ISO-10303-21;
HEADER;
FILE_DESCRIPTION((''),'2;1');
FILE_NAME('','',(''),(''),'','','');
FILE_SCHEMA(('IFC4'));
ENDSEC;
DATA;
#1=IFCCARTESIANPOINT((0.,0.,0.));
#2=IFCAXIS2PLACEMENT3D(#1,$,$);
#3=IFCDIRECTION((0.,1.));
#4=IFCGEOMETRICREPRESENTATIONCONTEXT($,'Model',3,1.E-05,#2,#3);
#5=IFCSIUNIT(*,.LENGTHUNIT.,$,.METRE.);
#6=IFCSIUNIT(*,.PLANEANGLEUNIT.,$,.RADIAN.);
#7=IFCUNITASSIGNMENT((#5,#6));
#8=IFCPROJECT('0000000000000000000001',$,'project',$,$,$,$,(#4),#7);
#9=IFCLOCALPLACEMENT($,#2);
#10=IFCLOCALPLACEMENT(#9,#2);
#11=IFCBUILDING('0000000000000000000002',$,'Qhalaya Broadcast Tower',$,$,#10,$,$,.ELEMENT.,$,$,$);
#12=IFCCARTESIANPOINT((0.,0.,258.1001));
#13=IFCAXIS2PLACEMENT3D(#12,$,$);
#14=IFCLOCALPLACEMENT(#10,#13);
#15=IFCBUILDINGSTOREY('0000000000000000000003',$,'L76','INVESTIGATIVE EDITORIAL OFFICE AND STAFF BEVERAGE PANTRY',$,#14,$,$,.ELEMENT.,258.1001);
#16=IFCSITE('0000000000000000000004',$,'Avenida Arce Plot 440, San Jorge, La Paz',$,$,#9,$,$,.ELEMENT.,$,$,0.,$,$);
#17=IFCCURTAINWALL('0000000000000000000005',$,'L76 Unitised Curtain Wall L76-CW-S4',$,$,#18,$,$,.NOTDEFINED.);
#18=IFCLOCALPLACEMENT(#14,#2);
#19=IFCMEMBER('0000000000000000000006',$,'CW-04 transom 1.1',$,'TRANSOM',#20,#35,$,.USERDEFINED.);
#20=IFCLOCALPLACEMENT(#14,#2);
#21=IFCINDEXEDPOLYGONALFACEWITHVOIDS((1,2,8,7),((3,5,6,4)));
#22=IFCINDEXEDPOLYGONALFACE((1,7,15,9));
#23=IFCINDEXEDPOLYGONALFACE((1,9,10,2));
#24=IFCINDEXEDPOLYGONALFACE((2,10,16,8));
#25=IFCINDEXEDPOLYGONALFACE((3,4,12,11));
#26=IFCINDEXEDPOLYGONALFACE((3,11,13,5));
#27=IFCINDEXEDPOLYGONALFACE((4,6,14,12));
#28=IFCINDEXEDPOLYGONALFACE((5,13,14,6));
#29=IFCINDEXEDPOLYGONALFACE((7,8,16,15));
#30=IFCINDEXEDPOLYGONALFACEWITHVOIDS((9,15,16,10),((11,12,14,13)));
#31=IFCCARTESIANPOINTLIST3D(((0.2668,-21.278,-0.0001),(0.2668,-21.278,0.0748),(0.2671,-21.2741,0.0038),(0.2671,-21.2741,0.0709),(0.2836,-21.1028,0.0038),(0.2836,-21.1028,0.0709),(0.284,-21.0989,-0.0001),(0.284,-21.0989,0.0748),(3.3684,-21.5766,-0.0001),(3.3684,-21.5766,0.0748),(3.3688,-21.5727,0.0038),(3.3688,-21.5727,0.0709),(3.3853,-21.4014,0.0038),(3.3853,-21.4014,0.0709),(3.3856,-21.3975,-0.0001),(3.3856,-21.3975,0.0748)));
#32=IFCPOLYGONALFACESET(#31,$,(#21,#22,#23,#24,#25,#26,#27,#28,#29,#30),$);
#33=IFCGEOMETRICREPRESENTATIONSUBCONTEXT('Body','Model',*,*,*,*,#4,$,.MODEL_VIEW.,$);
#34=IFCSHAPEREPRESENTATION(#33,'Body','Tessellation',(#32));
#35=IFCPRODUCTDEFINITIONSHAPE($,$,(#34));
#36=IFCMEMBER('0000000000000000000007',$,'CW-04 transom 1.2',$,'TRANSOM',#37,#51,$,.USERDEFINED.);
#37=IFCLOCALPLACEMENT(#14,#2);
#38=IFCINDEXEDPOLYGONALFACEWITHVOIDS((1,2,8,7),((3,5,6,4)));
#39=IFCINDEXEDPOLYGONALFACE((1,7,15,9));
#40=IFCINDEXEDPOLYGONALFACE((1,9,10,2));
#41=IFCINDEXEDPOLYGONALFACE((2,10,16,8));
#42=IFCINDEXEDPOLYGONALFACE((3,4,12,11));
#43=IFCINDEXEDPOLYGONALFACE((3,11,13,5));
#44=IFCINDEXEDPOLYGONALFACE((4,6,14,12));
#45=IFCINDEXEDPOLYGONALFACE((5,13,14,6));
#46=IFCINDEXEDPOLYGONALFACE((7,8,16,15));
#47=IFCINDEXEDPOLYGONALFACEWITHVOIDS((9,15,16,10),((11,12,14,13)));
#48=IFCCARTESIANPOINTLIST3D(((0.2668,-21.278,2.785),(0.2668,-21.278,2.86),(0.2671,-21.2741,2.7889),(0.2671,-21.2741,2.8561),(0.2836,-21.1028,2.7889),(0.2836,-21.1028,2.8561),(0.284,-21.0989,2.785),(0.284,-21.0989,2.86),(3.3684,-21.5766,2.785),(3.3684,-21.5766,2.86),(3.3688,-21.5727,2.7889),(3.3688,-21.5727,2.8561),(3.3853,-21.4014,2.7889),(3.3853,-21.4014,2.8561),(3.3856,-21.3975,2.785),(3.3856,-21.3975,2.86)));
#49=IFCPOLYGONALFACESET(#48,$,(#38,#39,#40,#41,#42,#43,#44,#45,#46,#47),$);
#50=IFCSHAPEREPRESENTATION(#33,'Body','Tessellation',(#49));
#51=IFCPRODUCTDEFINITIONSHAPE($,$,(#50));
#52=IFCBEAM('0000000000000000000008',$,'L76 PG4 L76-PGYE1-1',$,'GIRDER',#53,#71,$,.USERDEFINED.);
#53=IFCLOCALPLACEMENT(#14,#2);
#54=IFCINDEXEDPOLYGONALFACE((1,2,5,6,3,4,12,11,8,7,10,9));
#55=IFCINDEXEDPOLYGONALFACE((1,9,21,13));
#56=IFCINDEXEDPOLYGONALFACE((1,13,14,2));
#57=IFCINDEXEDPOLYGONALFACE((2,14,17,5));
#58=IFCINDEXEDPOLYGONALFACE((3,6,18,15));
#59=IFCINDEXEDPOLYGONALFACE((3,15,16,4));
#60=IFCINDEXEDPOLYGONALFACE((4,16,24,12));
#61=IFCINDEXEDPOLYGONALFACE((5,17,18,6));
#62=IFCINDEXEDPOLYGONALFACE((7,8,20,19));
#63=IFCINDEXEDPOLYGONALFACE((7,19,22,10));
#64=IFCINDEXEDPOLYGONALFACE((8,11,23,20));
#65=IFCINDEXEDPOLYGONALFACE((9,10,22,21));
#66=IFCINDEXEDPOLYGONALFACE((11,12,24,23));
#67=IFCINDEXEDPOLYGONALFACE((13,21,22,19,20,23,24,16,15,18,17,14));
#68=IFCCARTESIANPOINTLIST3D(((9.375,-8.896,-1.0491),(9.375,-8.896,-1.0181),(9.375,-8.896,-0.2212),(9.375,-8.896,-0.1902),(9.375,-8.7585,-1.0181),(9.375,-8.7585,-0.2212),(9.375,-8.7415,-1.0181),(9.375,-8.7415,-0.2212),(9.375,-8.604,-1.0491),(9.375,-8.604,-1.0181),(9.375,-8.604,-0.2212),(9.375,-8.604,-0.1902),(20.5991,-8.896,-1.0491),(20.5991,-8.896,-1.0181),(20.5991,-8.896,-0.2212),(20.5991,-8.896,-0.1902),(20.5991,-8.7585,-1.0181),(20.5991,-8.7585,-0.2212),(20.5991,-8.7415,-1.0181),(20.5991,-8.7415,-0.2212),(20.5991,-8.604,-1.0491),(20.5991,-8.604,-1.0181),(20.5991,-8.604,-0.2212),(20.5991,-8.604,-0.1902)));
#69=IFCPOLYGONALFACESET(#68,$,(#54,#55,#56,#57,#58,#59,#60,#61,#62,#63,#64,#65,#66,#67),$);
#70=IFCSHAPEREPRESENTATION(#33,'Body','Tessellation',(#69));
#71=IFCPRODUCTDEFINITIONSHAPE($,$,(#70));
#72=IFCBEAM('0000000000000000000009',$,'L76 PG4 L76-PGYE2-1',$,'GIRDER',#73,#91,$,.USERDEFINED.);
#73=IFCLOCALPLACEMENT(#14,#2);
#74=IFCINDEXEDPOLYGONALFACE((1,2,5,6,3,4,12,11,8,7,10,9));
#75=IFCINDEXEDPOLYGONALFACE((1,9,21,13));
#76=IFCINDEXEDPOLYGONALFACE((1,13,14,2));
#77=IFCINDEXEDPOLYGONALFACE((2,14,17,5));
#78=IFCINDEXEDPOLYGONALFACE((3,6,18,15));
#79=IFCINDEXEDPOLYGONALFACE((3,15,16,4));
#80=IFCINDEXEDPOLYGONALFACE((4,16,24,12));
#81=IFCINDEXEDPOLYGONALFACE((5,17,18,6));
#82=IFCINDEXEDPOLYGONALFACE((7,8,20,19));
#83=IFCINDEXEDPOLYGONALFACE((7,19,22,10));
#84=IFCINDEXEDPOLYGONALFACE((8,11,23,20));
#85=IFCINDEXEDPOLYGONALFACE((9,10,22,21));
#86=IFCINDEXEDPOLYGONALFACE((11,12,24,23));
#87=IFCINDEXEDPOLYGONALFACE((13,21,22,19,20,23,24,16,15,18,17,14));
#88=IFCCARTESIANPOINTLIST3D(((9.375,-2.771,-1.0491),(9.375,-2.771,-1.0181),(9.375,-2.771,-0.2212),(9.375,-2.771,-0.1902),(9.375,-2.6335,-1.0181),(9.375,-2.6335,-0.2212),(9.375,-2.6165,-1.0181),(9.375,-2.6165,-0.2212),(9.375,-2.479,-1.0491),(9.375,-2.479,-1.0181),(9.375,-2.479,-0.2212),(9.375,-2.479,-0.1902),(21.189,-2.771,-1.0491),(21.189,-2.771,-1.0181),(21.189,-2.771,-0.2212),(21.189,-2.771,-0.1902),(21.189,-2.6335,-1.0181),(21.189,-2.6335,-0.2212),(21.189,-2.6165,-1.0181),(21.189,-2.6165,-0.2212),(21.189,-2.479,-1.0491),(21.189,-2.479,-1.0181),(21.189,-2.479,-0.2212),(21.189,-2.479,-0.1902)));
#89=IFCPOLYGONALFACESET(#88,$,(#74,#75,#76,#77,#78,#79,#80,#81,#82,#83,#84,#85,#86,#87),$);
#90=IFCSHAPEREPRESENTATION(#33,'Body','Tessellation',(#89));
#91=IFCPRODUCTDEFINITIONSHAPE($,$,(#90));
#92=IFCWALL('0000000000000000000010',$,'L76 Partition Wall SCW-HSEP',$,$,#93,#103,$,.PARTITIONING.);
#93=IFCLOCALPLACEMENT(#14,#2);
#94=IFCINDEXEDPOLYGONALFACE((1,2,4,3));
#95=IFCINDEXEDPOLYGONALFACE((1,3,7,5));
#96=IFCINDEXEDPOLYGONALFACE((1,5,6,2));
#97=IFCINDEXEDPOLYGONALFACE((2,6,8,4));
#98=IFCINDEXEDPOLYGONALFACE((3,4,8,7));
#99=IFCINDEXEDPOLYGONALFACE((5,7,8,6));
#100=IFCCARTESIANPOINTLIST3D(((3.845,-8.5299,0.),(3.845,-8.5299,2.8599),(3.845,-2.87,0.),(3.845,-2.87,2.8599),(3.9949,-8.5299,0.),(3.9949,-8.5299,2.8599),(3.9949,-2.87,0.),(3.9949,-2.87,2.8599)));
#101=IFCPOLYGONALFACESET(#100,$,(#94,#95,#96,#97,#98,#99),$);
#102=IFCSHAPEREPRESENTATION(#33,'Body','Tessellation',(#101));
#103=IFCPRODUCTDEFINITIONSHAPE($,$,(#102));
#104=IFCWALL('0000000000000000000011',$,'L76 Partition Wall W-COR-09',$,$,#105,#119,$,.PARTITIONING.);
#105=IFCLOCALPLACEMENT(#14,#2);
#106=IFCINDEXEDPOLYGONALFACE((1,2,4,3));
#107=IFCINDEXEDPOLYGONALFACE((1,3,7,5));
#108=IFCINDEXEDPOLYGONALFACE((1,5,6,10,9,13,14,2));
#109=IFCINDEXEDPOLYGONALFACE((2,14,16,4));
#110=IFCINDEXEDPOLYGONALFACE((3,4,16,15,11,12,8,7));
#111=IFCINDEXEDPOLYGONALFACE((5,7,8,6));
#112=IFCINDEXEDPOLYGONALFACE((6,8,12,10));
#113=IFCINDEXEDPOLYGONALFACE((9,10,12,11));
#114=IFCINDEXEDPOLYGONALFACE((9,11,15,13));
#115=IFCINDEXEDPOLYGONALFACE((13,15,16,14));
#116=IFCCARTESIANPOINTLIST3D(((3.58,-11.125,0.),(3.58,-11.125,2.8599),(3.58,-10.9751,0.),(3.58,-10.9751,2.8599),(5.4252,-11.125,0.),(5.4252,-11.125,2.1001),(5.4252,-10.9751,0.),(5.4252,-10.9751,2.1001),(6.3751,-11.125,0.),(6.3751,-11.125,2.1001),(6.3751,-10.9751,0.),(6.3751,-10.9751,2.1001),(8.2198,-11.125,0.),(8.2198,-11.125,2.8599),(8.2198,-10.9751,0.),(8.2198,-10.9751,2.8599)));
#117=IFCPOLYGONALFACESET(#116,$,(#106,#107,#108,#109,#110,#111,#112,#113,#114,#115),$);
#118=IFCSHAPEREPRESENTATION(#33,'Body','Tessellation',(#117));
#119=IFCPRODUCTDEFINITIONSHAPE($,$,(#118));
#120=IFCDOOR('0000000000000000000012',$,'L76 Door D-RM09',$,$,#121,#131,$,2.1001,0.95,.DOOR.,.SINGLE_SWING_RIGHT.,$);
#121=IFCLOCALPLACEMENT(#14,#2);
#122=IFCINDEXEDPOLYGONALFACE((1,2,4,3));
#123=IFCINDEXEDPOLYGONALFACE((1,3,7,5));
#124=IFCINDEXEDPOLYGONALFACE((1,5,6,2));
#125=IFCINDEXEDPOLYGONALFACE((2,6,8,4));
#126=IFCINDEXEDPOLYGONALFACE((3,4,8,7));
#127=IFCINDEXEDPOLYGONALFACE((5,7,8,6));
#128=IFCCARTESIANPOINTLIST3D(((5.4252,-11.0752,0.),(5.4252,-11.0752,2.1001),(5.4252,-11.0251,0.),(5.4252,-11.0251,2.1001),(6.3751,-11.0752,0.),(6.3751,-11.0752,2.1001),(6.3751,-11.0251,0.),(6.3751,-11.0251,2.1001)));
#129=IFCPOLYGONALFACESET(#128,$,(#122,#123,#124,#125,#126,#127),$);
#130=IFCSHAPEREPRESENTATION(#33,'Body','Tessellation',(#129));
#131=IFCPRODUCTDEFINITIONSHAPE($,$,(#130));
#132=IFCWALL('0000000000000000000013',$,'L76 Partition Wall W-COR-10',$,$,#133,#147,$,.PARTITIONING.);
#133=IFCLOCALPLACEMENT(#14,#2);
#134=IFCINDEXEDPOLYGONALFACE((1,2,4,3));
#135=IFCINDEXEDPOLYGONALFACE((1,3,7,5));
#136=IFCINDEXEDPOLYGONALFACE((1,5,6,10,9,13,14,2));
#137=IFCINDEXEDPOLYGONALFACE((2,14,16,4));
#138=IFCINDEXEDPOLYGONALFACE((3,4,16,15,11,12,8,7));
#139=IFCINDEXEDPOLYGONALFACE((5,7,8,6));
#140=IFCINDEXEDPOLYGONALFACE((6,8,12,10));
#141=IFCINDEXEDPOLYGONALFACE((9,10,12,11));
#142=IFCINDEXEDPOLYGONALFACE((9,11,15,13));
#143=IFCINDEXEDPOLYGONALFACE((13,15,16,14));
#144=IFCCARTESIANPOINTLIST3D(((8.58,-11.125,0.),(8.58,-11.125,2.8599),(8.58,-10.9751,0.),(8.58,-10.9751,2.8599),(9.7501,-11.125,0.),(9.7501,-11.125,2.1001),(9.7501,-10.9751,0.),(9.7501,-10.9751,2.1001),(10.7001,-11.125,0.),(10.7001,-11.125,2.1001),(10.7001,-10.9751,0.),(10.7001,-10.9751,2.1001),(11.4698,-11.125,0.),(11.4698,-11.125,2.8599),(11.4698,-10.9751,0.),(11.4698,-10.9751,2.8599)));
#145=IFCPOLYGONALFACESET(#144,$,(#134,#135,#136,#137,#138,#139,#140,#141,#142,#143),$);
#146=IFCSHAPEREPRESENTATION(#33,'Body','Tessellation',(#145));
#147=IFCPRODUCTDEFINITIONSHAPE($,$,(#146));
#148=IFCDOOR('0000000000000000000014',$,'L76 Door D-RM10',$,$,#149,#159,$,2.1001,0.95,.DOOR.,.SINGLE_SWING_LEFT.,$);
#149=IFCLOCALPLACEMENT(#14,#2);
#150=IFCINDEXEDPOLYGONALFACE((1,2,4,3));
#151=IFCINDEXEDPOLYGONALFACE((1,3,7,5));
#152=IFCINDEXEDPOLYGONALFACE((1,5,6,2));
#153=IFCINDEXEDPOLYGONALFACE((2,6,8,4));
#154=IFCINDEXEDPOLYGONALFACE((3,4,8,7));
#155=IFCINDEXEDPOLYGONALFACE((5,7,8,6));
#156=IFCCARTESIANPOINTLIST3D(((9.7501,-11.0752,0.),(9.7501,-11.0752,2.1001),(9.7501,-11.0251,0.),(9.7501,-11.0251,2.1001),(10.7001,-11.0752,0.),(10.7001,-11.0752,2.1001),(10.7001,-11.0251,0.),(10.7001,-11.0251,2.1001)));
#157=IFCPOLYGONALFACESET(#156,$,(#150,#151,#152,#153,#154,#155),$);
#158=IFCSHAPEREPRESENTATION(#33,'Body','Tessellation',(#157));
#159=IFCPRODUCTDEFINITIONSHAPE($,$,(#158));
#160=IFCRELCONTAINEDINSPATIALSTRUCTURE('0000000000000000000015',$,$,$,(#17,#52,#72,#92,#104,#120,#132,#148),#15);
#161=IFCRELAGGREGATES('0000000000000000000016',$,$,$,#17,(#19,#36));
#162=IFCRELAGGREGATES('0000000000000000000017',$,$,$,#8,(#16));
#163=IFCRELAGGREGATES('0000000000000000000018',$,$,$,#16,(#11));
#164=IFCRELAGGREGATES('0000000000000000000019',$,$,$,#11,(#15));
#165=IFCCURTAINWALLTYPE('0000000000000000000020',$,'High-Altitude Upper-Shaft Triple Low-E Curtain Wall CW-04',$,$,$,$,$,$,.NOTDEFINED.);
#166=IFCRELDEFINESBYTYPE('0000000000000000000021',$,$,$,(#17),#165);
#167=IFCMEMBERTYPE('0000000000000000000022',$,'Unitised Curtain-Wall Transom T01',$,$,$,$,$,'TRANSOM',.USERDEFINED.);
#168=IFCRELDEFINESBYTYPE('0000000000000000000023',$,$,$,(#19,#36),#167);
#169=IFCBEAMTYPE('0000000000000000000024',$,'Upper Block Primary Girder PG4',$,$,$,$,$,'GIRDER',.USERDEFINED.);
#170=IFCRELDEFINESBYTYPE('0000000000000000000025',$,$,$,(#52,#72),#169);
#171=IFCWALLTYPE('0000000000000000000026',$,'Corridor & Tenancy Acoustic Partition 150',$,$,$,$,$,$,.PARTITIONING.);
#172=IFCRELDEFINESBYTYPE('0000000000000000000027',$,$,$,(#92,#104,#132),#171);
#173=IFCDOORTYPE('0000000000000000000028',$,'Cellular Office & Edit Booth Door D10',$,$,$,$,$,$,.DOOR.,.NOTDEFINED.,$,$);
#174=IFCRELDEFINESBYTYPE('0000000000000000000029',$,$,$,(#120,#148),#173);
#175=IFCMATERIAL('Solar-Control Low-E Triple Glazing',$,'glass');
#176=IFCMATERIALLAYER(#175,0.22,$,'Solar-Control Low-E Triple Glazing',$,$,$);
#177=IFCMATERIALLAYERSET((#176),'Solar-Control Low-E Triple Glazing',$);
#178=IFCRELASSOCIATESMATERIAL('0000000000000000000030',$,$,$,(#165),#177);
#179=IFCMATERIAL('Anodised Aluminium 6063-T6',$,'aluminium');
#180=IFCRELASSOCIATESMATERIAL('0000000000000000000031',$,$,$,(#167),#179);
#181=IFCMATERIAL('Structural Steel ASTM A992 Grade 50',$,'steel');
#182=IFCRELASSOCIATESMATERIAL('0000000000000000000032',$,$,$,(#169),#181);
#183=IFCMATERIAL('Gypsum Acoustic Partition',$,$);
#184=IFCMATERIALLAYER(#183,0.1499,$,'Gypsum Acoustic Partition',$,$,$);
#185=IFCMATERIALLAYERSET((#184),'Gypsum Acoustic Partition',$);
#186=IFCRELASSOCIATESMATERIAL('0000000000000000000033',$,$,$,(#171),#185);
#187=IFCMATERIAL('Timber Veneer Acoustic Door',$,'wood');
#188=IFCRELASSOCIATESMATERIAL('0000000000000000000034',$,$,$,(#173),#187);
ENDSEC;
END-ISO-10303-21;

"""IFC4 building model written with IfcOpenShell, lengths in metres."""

from ifc_helpers import new_model, si_unit, direction, frame, frame_2d, origin, origin_2d, place, context, subcontext, project, spatial, rectangle, hollow_rectangle, i_section, extrude, material, layer, layer_set, material_profile, profile_set, type_object, element, fill, aggregate, save


model = new_model("IFC4")

# Units and contexts
model_context = context("Model", 3, precision=1e-05, world=origin(), true_north=direction((0.0, 1.0)))
body_context = subcontext(model_context, "Body", "Model", "MODEL_VIEW")
ifc_project = project(units=[si_unit("LENGTHUNIT", "METRE"), si_unit("PLANEANGLEUNIT", "RADIAN")], contexts=[model_context])

# Site, building, storey
site_placement = place(None, origin())
site = spatial("IfcSite", under=ifc_project, at=site_placement, Name="Avenida Arce Plot 440, San Jorge, La Paz", CompositionType="ELEMENT", RefElevation=0.0)
building_placement = place(site_placement, origin())
building = spatial("IfcBuilding", under=site, at=building_placement, Name="Qhalaya Broadcast Tower", CompositionType="ELEMENT")
storey_placement = place(building_placement, frame((0.0, 0.0, 258.1001)))
storey = spatial("IfcBuildingStorey", under=building, at=storey_placement, Name="L76", Description="INVESTIGATIVE EDITORIAL OFFICE AND STAFF BEVERAGE PANTRY", CompositionType="ELEMENT", Elevation=258.1001)

# Shared definitions
ifc_material_1 = material(Name="Structural Steel ASTM A992 Grade 50", Category="steel")

# Curtain wall, members
ifc_material_2 = material(Name="Solar-Control Low-E Triple Glazing", Category="glass")
ifc_layer_1 = layer(ifc_material_2, 0.22, Name="Solar-Control Low-E Triple Glazing")
ifc_layer_set_1 = layer_set([ifc_layer_1], Name="Solar-Control Low-E Triple Glazing")
curtain_wall_type = type_object("IfcCurtainWallType", Name="High-Altitude Upper-Shaft Triple Low-E Curtain Wall CW-04", PredefinedType="NOTDEFINED", material=ifc_layer_set_1)
curtain_wall_placement = place(storey_placement, origin())
curtain_wall = element("IfcCurtainWall", 1, at=curtain_wall_placement, inside=storey, type_object=curtain_wall_type, Name="L76 Unitised Curtain Wall L76-CW-S4", PredefinedType="NOTDEFINED")
ifc_material_3 = material(Name="Anodised Aluminium 6063-T6", Category="aluminium")
ifc_material_profile_1 = material_profile(ifc_material_3, hollow_rectangle(XDim=0.075, YDim=0.1799, WallThickness=0.0039, at=origin_2d()), Name="ALU-TRN 75x180x4")
ifc_profile_set_1 = profile_set([ifc_material_profile_1], Name="Anodised Aluminium 6063-T6")
member_type_1 = type_object("IfcMemberType", Name="Unitised Curtain-Wall Transom T01", ElementType="TRANSOM", PredefinedType="USERDEFINED", material=ifc_profile_set_1)
member_1_placement = place(storey_placement, frame((0.2754, -21.1885, 0.0374), z_axis=(0.995398, -0.095826, 0.0), x_axis=(0.0, 0.0, 1.0)))
member_1 = element("IfcMember", 2, at=member_1_placement, type_object=member_type_1, Name="CW-04 transom 1.1", ObjectType="TRANSOM", PredefinedType="USERDEFINED", context=body_context, shape_type="SweptSolid", body=[
    extrude(hollow_rectangle(XDim=0.075, YDim=0.1799, WallThickness=0.0039, at=origin_2d()), origin(), (0.0, 0.0, 1.0), 3.116),
])
member_2_placement = place(storey_placement, frame((0.2754, -21.1885, 2.8225), z_axis=(0.995398, -0.095826, 0.0), x_axis=(0.0, 0.0, 1.0)))
member_2 = element("IfcMember", 3, at=member_2_placement, type_object=member_type_1, Name="CW-04 transom 1.2", ObjectType="TRANSOM", PredefinedType="USERDEFINED", context=body_context, shape_type="SweptSolid", body=[
    extrude(hollow_rectangle(XDim=0.075, YDim=0.1799, WallThickness=0.0039, at=origin_2d()), origin(), (0.0, 0.0, 1.0), 3.116),
])
aggregate(curtain_wall, [member_1, member_2])

# Beams
ifc_material_profile_2 = material_profile(ifc_material_1, i_section(OverallWidth=0.292, OverallDepth=0.8589, WebThickness=0.0171, FlangeThickness=0.031, at=origin_2d()), Name="W33X169")
ifc_profile_set_2 = profile_set([ifc_material_profile_2], Name="Structural Steel ASTM A992 Grade 50")
beam_type_1 = type_object("IfcBeamType", Name="Upper Block Primary Girder PG4", ElementType="GIRDER", PredefinedType="USERDEFINED", material=ifc_profile_set_2)
beam_1_placement = place(storey_placement, frame((9.375, -8.75, -0.6196), z_axis=(1.0, 0.0, 0.0), x_axis=(0.0, 1.0, 0.0)))
element("IfcBeam", 4, at=beam_1_placement, inside=storey, type_object=beam_type_1, Name="L76 PG4 L76-PGYE1-1", ObjectType="GIRDER", PredefinedType="USERDEFINED", context=body_context, shape_type="SweptSolid", body=[
    extrude(i_section(OverallWidth=0.292, OverallDepth=0.8589, WebThickness=0.0171, FlangeThickness=0.031, at=origin_2d()), origin(), (0.0, 0.0, 1.0), 11.2241),
])
beam_2_placement = place(storey_placement, frame((9.375, -2.625, -0.6196), z_axis=(1.0, 0.0, 0.0), x_axis=(0.0, 1.0, 0.0)))
element("IfcBeam", 5, at=beam_2_placement, inside=storey, type_object=beam_type_1, Name="L76 PG4 L76-PGYE2-1", ObjectType="GIRDER", PredefinedType="USERDEFINED", context=body_context, shape_type="SweptSolid", body=[
    extrude(i_section(OverallWidth=0.292, OverallDepth=0.8589, WebThickness=0.0171, FlangeThickness=0.031, at=origin_2d()), origin(), (0.0, 0.0, 1.0), 11.814),
])

# Wall
ifc_material_4 = material(Name="Gypsum Acoustic Partition")
ifc_layer_2 = layer(ifc_material_4, 0.1499, Name="Gypsum Acoustic Partition")
ifc_layer_set_2 = layer_set([ifc_layer_2], Name="Gypsum Acoustic Partition")
wall_type_1 = type_object("IfcWallType", Name="Corridor & Tenancy Acoustic Partition 150", PredefinedType="PARTITIONING", material=ifc_layer_set_2)
wall_1_placement = place(storey_placement, frame((3.9199, -8.53, 0.0), z_axis=(0.0, 0.0, 1.0), x_axis=(0.0, 1.0, 0.0)))
element("IfcWall", 6, at=wall_1_placement, inside=storey, type_object=wall_type_1, Name="L76 Partition Wall SCW-HSEP", PredefinedType="PARTITIONING", context=body_context, shape_type="SweptSolid", body=[
    extrude(rectangle(XDim=5.6599, YDim=0.1499, at=frame_2d((2.8301, 0.0))), origin(), (0.0, 0.0, 1.0), 2.8599),
])

# Walls, openings, doors
wall_2_placement = place(storey_placement, frame((3.5801, -11.05, 0.0), z_axis=(0.0, 0.0, 1.0), x_axis=(1.0, 0.0, 0.0)))
wall_2 = element("IfcWall", 7, at=wall_2_placement, inside=storey, type_object=wall_type_1, Name="L76 Partition Wall W-COR-09", PredefinedType="PARTITIONING", context=body_context, shape_type="SweptSolid", body=[
    extrude(rectangle(XDim=4.6399, YDim=0.1499, at=frame_2d((2.3198, 0.0))), origin(), (0.0, 0.0, 1.0), 2.8599),
])
opening_1_placement = place(wall_2_placement, frame((1.845, 0.0, 0.0)))
opening_1 = element("IfcOpeningElement", 8, at=opening_1_placement, cuts=wall_2, PredefinedType="OPENING", context=body_context, shape_type="SweptSolid", body=[
    extrude(rectangle(XDim=0.95, YDim=2.1001, at=frame_2d((0.4751, 1.05))), frame((0.0, 0.0869, 0.0), z_axis=(0.0, -1.0, 0.0), x_axis=(1.0, 0.0, 0.0)), (0.0, 0.0, 1.0), 0.1738),
])
ifc_material_5 = material(Name="Timber Veneer Acoustic Door", Category="wood")
door_type_1 = type_object("IfcDoorType", Name="Cellular Office & Edit Booth Door D10", OperationType="NOTDEFINED", PredefinedType="DOOR", material=ifc_material_5)
door_1_placement = place(opening_1_placement, origin())
door_1 = element("IfcDoor", 9, at=door_1_placement, inside=storey, type_object=door_type_1, Name="L76 Door D-RM09", OperationType="SINGLE_SWING_RIGHT", OverallHeight=2.1001, OverallWidth=0.95, PredefinedType="DOOR", context=body_context, shape_type="SweptSolid", body=[
    extrude(rectangle(XDim=0.95, YDim=2.1001, at=frame_2d((0.4751, 1.05))), frame((0.0, 0.0249, 0.0), z_axis=(0.0, -1.0, 0.0), x_axis=(1.0, 0.0, 0.0)), (0.0, 0.0, 1.0), 0.05),
])
fill(opening_1, door_1)
wall_3_placement = place(storey_placement, frame((8.5801, -11.05, 0.0), z_axis=(0.0, 0.0, 1.0), x_axis=(1.0, 0.0, 0.0)))
wall_3 = element("IfcWall", 10, at=wall_3_placement, inside=storey, type_object=wall_type_1, Name="L76 Partition Wall W-COR-10", PredefinedType="PARTITIONING", context=body_context, shape_type="SweptSolid", body=[
    extrude(rectangle(XDim=2.8899, YDim=0.1499, at=frame_2d((1.4448, 0.0))), origin(), (0.0, 0.0, 1.0), 2.8599),
])
opening_2_placement = place(wall_3_placement, frame((1.1699, 0.0, 0.0)))
opening_2 = element("IfcOpeningElement", 11, at=opening_2_placement, cuts=wall_3, PredefinedType="OPENING", context=body_context, shape_type="SweptSolid", body=[
    extrude(rectangle(XDim=0.95, YDim=2.1001, at=frame_2d((0.4751, 1.05))), frame((0.0, 0.0869, 0.0), z_axis=(0.0, -1.0, 0.0), x_axis=(1.0, 0.0, 0.0)), (0.0, 0.0, 1.0), 0.1738),
])
door_2_placement = place(opening_2_placement, origin())
door_2 = element("IfcDoor", 12, at=door_2_placement, inside=storey, type_object=door_type_1, Name="L76 Door D-RM10", OperationType="SINGLE_SWING_LEFT", OverallHeight=2.1001, OverallWidth=0.95, PredefinedType="DOOR", context=body_context, shape_type="SweptSolid", body=[
    extrude(rectangle(XDim=0.95, YDim=2.1001, at=frame_2d((0.4751, 1.05))), frame((0.0, 0.0249, 0.0), z_axis=(0.0, -1.0, 0.0), x_axis=(1.0, 0.0, 0.0)), (0.0, 0.0, 1.0), 0.05),
])
fill(opening_2, door_2)

save(model, "model.ifc")
